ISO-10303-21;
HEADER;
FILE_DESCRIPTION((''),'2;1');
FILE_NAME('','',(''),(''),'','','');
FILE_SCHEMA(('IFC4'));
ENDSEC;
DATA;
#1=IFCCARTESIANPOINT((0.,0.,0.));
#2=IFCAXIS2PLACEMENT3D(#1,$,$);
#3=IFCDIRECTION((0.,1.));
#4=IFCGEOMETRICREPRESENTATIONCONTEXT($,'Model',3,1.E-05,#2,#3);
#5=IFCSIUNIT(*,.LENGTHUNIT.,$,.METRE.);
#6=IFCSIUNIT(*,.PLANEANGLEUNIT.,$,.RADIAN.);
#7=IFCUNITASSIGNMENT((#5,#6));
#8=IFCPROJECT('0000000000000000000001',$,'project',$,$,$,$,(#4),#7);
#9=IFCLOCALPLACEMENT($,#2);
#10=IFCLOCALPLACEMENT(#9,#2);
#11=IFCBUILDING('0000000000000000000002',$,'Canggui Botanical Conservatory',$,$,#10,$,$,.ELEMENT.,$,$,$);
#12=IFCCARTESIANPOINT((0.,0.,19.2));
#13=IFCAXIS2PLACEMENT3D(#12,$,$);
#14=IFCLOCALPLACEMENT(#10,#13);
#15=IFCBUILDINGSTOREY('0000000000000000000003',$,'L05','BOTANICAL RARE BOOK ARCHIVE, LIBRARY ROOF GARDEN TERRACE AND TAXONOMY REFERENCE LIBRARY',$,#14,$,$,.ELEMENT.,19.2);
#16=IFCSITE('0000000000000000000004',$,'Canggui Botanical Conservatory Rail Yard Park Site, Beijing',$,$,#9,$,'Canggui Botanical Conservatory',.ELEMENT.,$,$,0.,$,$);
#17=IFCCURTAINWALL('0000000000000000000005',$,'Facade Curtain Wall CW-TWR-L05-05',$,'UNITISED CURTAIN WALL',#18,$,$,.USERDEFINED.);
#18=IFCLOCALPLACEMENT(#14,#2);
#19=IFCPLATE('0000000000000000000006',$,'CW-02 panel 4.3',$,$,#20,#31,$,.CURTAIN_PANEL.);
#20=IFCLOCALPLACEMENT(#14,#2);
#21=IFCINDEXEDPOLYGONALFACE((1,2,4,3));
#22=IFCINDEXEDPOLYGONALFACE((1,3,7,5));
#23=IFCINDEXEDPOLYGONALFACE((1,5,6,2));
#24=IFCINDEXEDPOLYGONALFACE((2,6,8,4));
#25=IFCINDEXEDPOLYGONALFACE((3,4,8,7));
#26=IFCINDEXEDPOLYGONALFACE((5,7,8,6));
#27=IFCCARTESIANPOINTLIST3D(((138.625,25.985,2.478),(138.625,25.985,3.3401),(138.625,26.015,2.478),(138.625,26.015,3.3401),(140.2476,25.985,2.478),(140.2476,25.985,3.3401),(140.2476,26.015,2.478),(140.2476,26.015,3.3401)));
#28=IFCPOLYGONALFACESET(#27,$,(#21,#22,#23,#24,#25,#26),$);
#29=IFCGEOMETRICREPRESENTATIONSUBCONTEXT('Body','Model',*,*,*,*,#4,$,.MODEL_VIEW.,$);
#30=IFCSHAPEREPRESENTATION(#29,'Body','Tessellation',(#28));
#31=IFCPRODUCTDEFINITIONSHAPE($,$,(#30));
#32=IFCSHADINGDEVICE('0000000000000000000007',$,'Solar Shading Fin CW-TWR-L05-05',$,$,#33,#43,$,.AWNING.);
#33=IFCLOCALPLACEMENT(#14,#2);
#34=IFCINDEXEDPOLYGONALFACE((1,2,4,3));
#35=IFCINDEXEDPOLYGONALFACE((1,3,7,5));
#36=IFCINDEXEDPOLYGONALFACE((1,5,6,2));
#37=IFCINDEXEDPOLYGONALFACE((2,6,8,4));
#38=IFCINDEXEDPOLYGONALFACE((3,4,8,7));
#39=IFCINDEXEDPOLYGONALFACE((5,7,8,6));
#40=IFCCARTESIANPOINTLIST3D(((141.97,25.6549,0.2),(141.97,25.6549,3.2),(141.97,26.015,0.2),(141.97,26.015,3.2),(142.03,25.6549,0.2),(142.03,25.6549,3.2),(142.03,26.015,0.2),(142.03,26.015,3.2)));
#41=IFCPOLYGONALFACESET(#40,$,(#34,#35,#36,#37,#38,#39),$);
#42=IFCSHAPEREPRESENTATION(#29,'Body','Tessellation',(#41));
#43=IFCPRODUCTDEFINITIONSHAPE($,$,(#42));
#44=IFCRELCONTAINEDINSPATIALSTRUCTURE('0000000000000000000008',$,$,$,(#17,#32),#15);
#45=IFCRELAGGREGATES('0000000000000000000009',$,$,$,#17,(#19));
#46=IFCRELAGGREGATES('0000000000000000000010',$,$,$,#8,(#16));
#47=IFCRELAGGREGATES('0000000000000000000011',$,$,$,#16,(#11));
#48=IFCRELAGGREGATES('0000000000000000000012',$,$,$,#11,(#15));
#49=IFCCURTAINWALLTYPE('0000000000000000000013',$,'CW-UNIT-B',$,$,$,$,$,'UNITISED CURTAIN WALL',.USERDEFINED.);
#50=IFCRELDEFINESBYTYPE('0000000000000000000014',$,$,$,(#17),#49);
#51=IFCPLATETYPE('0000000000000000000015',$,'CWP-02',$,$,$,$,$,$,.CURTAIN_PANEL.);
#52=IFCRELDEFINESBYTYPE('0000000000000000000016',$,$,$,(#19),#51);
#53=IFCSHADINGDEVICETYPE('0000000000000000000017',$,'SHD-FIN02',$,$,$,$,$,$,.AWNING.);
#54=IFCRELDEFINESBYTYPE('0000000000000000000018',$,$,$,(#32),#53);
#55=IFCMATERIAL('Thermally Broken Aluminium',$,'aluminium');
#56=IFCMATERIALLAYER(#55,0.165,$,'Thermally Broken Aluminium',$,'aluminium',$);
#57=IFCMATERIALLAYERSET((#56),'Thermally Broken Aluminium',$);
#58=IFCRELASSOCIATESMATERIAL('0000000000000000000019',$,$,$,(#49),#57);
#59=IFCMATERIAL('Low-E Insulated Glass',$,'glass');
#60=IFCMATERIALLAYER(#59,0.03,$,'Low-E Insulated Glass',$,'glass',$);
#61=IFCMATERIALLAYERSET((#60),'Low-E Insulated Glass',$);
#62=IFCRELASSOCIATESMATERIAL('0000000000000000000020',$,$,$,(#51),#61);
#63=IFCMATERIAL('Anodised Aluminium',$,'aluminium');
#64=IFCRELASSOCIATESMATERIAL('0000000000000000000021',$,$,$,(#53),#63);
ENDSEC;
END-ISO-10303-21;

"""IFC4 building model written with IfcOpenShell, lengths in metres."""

from ifc_helpers import new_model, si_unit, direction, frame, origin, origin_2d, place, context, subcontext, project, spatial, rectangle, extrude, material, layer, layer_set, type_object, element, aggregate, save


model = new_model("IFC4")

# Units and contexts
model_context = context("Model", 3, precision=1e-05, world=origin(), true_north=direction((0.0, 1.0)))
body_context = subcontext(model_context, "Body", "Model", "MODEL_VIEW")
ifc_project = project(units=[si_unit("LENGTHUNIT", "METRE"), si_unit("PLANEANGLEUNIT", "RADIAN")], contexts=[model_context])

# Site, building, storey
site_placement = place(None, origin())
site = spatial("IfcSite", under=ifc_project, at=site_placement, Name="Canggui Botanical Conservatory Rail Yard Park Site, Beijing", LongName="Canggui Botanical Conservatory", CompositionType="ELEMENT", RefElevation=0.0)
building_placement = place(site_placement, origin())
building = spatial("IfcBuilding", under=site, at=building_placement, Name="Canggui Botanical Conservatory", CompositionType="ELEMENT")
storey_placement = place(building_placement, frame((0.0, 0.0, 19.2)))
storey = spatial("IfcBuildingStorey", under=building, at=storey_placement, Name="L05", Description="BOTANICAL RARE BOOK ARCHIVE, LIBRARY ROOF GARDEN TERRACE AND TAXONOMY REFERENCE LIBRARY", CompositionType="ELEMENT", Elevation=19.2)

# Curtain wall, plate
ifc_material_1 = material(Name="Thermally Broken Aluminium", Category="aluminium")
ifc_layer_1 = layer(ifc_material_1, 0.165, Name="Thermally Broken Aluminium", Category="aluminium")
ifc_layer_set_1 = layer_set([ifc_layer_1], Name="Thermally Broken Aluminium")
curtain_wall_type = type_object("IfcCurtainWallType", Name="CW-UNIT-B", ElementType="UNITISED CURTAIN WALL", PredefinedType="USERDEFINED", material=ifc_layer_set_1)
curtain_wall_placement = place(storey_placement, origin())
curtain_wall = element("IfcCurtainWall", 1, at=curtain_wall_placement, inside=storey, type_object=curtain_wall_type, Name="Facade Curtain Wall CW-TWR-L05-05", ObjectType="UNITISED CURTAIN WALL", PredefinedType="USERDEFINED")
ifc_material_2 = material(Name="Low-E Insulated Glass", Category="glass")
ifc_layer_2 = layer(ifc_material_2, 0.03, Name="Low-E Insulated Glass", Category="glass")
ifc_layer_set_2 = layer_set([ifc_layer_2], Name="Low-E Insulated Glass")
plate_type = type_object("IfcPlateType", Name="CWP-02", PredefinedType="CURTAIN_PANEL", material=ifc_layer_set_2)
plate_1_placement = place(storey_placement, frame((139.4363, 26.0, 2.478), z_axis=(0.0, 0.0, 1.0), x_axis=(-1.0, 0.0, 0.0)))
plate_1 = element("IfcPlate", 2, at=plate_1_placement, type_object=plate_type, Name="CW-02 panel 4.3", PredefinedType="CURTAIN_PANEL", context=body_context, shape_type="SweptSolid", body=[
    extrude(rectangle(XDim=1.6226, YDim=0.03, at=origin_2d()), origin(), (0.0, 0.0, 1.0), 0.8621),
])
aggregate(curtain_wall, [plate_1])

# Shading device
ifc_material_3 = material(Name="Anodised Aluminium", Category="aluminium")
shading_device_type = type_object("IfcShadingDeviceType", Name="SHD-FIN02", PredefinedType="AWNING", material=ifc_material_3)
shading_device_placement = place(storey_placement, frame((142.0, 25.835, 0.2), z_axis=(0.0, 0.0, 1.0), x_axis=(-1.0, 0.0, 0.0)))
element("IfcShadingDevice", 3, at=shading_device_placement, inside=storey, type_object=shading_device_type, Name="Solar Shading Fin CW-TWR-L05-05", PredefinedType="AWNING", context=body_context, shape_type="SweptSolid", body=[
    extrude(rectangle(XDim=0.0601, YDim=0.3601, at=origin_2d()), origin(), (0.0, 0.0, 1.0), 3.0),
])

save(model, "model.ifc")
